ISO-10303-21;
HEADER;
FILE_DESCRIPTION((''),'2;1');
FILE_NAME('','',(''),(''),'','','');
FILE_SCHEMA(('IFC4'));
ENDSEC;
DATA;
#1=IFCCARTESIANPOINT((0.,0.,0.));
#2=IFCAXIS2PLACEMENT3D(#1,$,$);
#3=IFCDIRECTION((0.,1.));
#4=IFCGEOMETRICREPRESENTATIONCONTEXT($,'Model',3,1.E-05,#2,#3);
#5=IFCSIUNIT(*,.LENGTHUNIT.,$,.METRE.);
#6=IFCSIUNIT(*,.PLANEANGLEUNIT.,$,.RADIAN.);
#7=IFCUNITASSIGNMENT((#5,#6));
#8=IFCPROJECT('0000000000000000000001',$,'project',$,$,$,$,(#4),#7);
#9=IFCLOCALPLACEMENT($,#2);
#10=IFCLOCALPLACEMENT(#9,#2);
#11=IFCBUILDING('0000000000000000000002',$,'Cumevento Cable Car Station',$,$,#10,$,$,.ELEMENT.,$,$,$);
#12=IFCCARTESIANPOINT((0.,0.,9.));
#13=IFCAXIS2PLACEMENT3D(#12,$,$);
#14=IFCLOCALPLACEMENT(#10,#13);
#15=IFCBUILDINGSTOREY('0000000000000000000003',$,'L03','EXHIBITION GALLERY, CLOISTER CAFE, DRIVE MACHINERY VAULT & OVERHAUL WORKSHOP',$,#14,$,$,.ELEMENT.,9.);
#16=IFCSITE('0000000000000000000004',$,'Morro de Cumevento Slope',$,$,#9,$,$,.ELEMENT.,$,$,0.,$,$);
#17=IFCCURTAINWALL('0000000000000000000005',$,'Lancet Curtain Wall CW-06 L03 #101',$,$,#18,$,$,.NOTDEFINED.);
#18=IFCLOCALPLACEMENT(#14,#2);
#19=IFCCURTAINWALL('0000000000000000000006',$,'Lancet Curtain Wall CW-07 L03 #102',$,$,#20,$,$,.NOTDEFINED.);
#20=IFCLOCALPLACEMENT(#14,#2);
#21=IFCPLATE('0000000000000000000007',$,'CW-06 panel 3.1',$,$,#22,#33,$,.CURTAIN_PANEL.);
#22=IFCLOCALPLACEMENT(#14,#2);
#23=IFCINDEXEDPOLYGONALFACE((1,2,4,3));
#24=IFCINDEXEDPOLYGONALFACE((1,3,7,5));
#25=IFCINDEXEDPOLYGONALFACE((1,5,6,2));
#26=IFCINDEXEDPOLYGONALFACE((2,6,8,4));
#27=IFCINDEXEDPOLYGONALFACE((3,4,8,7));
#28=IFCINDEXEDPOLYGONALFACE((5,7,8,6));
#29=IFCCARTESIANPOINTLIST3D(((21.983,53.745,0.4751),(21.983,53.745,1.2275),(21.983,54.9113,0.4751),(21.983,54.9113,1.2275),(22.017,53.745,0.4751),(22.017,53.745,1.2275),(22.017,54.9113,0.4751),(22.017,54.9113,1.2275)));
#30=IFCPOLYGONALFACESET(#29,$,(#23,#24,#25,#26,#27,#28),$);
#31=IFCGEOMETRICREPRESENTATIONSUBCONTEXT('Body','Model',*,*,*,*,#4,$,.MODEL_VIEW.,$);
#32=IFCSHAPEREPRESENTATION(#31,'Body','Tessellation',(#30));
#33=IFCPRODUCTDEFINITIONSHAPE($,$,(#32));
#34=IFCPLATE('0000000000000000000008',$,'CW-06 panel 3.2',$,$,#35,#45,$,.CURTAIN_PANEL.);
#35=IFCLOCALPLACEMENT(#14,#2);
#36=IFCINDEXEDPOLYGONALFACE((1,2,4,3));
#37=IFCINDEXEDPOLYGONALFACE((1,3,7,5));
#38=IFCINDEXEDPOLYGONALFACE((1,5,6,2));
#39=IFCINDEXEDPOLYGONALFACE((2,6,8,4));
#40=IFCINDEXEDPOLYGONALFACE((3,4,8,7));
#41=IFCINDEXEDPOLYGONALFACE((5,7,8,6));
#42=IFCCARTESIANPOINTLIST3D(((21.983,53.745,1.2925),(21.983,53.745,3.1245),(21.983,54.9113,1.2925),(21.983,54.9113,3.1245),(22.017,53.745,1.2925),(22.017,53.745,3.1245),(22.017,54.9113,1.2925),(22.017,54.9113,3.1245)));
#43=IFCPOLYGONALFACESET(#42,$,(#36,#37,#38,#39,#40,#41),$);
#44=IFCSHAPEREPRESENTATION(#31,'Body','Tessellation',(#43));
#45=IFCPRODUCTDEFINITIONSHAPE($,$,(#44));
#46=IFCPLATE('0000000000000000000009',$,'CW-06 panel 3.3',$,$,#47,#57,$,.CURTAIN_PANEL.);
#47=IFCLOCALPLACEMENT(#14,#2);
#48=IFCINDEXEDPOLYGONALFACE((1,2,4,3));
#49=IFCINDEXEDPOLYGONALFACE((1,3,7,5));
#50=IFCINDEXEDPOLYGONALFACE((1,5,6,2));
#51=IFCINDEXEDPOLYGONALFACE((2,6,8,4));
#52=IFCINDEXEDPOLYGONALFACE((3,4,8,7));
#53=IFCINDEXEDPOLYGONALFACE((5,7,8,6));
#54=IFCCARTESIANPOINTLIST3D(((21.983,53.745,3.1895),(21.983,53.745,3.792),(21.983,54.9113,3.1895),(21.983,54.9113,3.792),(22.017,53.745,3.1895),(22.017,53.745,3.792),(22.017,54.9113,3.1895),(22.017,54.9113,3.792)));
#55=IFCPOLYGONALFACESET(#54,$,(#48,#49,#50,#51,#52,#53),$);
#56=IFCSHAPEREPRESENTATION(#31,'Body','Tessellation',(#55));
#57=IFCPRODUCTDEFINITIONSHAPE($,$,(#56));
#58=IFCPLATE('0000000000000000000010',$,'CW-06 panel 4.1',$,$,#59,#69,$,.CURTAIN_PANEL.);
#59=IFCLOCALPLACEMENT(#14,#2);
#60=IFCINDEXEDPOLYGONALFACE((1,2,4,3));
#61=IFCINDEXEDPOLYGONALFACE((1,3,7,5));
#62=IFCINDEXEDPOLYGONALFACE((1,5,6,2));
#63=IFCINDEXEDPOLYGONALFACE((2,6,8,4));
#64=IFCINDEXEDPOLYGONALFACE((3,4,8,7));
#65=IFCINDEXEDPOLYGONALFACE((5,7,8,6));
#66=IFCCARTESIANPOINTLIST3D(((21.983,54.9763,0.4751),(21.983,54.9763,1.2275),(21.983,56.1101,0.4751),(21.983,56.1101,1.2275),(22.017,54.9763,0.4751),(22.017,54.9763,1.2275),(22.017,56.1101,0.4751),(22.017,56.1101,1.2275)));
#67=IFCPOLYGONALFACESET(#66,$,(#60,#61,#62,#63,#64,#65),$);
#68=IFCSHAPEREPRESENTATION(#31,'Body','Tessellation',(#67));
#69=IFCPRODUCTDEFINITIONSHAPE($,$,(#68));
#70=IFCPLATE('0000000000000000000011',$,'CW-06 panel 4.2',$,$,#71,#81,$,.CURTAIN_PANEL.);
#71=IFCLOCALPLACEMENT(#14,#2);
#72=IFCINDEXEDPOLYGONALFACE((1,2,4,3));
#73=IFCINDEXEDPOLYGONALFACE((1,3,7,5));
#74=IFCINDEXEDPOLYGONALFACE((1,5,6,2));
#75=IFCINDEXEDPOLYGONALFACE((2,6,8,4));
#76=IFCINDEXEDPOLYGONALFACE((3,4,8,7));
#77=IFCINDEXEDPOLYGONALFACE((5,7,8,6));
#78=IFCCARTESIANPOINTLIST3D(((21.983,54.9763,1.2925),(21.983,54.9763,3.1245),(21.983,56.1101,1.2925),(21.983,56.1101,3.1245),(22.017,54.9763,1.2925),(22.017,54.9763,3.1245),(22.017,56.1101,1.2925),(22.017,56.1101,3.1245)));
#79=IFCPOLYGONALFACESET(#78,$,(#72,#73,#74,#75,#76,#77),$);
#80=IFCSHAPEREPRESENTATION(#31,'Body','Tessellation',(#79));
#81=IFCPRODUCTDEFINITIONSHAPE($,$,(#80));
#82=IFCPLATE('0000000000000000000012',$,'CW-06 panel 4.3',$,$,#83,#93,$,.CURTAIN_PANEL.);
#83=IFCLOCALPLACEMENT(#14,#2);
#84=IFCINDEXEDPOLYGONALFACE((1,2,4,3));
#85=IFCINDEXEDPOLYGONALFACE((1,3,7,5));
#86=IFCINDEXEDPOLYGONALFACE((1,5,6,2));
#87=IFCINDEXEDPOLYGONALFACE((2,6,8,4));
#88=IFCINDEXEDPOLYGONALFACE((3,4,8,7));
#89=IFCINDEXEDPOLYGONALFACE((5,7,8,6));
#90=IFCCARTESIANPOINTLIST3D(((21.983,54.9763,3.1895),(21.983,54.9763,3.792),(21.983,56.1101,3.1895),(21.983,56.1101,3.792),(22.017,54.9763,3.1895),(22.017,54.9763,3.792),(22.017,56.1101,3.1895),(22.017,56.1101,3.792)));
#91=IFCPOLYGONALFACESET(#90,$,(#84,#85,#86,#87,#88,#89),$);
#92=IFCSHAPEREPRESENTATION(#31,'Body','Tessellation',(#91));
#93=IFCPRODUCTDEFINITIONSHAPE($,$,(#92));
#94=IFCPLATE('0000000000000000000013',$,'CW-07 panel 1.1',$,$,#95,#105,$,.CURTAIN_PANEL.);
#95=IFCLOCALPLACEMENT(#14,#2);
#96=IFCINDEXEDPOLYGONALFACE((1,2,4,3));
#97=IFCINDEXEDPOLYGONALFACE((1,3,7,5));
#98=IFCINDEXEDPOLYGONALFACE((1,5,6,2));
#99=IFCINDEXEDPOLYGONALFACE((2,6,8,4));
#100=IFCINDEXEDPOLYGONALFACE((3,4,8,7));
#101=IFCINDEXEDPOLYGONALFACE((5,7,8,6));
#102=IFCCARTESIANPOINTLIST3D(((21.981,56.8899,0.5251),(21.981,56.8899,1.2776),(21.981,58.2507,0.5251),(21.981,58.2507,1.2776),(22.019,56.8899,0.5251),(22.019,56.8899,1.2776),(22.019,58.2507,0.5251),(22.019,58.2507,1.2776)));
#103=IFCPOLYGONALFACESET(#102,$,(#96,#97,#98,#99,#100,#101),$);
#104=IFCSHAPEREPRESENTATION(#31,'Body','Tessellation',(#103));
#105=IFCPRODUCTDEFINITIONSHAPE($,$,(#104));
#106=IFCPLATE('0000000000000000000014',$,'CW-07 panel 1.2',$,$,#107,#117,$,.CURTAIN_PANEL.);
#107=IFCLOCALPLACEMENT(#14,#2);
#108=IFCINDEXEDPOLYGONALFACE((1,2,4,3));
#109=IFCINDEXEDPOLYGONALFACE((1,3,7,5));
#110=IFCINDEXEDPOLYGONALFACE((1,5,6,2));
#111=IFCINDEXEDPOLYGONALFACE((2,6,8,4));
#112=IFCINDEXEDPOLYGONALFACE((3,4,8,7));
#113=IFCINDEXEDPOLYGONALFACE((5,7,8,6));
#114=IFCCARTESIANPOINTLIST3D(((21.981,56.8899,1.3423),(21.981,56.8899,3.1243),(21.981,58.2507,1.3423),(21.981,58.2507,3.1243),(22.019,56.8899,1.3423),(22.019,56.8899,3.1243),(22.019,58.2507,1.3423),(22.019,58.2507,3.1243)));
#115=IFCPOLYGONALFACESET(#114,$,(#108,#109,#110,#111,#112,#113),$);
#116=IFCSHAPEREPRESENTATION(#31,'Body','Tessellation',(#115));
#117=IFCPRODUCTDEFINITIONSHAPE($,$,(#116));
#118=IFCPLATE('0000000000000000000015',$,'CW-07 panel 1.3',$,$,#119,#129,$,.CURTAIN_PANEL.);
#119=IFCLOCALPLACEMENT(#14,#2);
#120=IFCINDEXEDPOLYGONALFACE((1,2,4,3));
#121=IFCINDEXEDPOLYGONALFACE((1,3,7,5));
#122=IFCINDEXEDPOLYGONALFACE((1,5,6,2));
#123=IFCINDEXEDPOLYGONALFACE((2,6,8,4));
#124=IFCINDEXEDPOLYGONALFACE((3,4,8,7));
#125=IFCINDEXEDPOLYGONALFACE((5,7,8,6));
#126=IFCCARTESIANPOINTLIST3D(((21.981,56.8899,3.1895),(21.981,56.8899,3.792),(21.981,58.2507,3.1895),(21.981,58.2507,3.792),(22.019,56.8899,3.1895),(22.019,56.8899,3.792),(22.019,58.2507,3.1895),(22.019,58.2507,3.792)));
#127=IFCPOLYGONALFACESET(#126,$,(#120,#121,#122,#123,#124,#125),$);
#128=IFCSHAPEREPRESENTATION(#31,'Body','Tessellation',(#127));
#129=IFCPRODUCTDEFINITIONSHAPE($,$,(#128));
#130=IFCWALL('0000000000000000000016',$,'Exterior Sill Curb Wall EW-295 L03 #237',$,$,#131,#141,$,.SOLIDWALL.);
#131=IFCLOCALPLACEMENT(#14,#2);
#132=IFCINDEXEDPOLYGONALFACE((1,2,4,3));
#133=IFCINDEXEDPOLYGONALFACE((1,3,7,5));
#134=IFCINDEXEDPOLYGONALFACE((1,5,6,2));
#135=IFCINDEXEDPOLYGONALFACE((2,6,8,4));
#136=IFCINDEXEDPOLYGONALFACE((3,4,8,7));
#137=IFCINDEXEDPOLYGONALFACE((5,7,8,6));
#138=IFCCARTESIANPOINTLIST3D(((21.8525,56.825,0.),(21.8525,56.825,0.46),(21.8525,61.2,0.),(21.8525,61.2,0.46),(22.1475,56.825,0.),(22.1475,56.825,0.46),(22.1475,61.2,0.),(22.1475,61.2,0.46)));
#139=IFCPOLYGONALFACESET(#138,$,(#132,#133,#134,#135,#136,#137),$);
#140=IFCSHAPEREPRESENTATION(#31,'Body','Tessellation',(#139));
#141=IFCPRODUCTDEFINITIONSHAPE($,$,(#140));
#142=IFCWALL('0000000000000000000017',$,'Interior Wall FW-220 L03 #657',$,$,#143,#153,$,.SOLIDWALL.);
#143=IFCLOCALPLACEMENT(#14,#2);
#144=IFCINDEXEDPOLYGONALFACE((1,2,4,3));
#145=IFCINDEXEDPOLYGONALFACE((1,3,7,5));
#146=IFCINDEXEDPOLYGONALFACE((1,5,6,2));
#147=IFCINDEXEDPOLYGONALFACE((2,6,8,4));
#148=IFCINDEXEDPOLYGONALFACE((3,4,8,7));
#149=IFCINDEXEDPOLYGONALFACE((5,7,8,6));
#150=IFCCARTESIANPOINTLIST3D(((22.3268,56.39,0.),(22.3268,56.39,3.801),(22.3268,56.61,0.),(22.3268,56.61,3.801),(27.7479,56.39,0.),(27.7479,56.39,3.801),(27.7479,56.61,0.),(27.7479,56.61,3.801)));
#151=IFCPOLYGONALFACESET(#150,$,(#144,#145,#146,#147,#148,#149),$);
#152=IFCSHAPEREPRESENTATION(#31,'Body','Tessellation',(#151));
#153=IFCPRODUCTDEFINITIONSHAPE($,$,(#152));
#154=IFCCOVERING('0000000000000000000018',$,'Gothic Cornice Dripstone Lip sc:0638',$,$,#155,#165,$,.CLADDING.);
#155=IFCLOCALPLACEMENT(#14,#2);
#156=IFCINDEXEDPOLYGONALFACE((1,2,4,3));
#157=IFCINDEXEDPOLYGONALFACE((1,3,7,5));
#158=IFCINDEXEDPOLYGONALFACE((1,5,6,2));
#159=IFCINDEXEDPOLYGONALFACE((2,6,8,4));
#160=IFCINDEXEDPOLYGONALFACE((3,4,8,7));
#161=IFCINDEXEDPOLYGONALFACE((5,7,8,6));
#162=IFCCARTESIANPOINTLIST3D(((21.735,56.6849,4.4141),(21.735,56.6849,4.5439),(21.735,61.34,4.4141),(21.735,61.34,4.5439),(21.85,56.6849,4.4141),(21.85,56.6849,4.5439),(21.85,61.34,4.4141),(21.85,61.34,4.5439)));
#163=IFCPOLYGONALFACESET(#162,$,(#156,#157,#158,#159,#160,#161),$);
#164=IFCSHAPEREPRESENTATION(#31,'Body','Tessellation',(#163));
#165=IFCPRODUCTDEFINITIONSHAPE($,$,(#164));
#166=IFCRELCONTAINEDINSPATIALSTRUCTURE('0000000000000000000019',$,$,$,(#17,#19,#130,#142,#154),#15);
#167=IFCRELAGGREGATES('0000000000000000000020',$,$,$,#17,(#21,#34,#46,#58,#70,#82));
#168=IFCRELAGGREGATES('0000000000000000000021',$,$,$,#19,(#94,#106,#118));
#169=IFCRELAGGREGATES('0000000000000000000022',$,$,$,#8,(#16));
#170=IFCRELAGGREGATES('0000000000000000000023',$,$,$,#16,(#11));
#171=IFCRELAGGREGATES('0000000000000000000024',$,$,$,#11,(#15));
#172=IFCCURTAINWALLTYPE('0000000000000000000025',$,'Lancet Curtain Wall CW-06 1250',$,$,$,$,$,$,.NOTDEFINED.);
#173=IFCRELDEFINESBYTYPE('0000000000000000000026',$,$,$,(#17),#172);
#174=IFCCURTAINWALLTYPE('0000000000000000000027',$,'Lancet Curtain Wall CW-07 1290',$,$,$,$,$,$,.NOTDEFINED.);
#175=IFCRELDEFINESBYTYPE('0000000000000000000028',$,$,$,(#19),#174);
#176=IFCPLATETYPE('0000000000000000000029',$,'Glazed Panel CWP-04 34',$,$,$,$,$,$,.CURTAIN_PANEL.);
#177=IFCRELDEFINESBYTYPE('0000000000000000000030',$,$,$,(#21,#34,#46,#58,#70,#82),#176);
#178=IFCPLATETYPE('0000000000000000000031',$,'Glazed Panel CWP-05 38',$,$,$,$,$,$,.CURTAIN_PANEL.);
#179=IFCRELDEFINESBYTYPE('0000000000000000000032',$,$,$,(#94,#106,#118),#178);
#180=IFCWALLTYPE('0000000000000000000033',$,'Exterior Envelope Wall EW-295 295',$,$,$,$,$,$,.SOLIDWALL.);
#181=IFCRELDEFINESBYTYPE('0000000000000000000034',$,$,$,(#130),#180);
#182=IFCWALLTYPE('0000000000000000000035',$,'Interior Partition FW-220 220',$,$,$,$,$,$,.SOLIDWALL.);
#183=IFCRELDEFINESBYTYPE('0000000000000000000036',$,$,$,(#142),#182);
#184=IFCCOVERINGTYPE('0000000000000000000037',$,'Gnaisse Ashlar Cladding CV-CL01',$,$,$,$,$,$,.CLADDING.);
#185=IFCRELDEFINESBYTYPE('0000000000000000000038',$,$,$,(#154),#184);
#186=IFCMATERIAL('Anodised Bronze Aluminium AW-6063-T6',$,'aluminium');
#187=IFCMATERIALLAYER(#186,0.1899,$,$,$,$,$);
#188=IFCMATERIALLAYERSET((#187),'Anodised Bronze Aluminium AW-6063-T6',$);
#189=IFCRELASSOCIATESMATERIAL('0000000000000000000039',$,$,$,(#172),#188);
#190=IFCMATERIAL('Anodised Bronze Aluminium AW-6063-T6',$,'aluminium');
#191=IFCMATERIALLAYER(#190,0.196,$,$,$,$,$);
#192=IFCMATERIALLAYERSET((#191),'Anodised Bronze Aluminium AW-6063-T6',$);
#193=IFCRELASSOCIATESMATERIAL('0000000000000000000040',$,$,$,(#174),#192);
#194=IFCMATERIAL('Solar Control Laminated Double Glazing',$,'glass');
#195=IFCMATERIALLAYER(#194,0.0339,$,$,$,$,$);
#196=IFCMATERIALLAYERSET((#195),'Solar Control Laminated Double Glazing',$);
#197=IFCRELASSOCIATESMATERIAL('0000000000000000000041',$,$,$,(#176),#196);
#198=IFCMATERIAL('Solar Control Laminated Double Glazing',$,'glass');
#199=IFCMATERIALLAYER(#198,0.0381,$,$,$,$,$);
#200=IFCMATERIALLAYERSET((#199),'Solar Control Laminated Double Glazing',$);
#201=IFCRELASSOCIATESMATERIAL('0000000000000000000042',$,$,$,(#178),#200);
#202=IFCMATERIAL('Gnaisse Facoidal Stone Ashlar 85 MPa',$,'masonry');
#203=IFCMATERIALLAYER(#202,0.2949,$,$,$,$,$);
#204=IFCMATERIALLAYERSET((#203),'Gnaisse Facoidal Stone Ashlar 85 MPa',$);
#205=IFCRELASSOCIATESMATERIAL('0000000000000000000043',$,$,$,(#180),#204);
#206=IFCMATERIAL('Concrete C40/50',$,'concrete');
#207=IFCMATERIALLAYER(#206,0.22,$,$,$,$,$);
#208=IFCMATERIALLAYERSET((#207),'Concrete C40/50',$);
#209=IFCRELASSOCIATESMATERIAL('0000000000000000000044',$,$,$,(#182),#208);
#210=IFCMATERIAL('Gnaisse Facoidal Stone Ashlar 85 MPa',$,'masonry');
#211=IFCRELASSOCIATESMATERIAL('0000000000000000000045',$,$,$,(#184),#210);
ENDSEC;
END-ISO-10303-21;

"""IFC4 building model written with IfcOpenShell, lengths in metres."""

from ifc_helpers import new_model, si_unit, direction, frame, frame_2d, origin, origin_2d, place, context, subcontext, project, spatial, rectangle, extrude, material, layer, layer_set, type_object, element, aggregate, save


model = new_model("IFC4")

# Units and contexts
model_context = context("Model", 3, precision=1e-05, world=origin(), true_north=direction((0.0, 1.0)))
body_context = subcontext(model_context, "Body", "Model", "MODEL_VIEW")
ifc_project = project(units=[si_unit("LENGTHUNIT", "METRE"), si_unit("PLANEANGLEUNIT", "RADIAN")], contexts=[model_context])

# Site, building, storey
site_placement = place(None, origin())
site = spatial("IfcSite", under=ifc_project, at=site_placement, Name="Morro de Cumevento Slope", CompositionType="ELEMENT", RefElevation=0.0)
building_placement = place(site_placement, origin())
building = spatial("IfcBuilding", under=site, at=building_placement, Name="Cumevento Cable Car Station", CompositionType="ELEMENT")
storey_placement = place(building_placement, frame((0.0, 0.0, 9.0)))
storey = spatial("IfcBuildingStorey", under=building, at=storey_placement, Name="L03", Description="EXHIBITION GALLERY, CLOISTER CAFE, DRIVE MACHINERY VAULT & OVERHAUL WORKSHOP", CompositionType="ELEMENT", Elevation=9.0)

# Curtain walls
ifc_material_1 = material(Name="Anodised Bronze Aluminium AW-6063-T6", Category="aluminium")
ifc_layer_1 = layer(ifc_material_1, 0.1899)
ifc_layer_set_1 = layer_set([ifc_layer_1], Name="Anodised Bronze Aluminium AW-6063-T6")
curtain_wall_type_1 = type_object("IfcCurtainWallType", Name="Lancet Curtain Wall CW-06 1250", PredefinedType="NOTDEFINED", material=ifc_layer_set_1)
curtain_wall_1_placement = place(storey_placement, origin())
curtain_wall_1 = element("IfcCurtainWall", 1, at=curtain_wall_1_placement, inside=storey, type_object=curtain_wall_type_1, Name="Lancet Curtain Wall CW-06 L03 #101", PredefinedType="NOTDEFINED")
ifc_material_2 = material(Name="Anodised Bronze Aluminium AW-6063-T6", Category="aluminium")
ifc_layer_2 = layer(ifc_material_2, 0.196)
ifc_layer_set_2 = layer_set([ifc_layer_2], Name="Anodised Bronze Aluminium AW-6063-T6")
curtain_wall_type_2 = type_object("IfcCurtainWallType", Name="Lancet Curtain Wall CW-07 1290", PredefinedType="NOTDEFINED", material=ifc_layer_set_2)
curtain_wall_2_placement = place(storey_placement, origin())
curtain_wall_2 = element("IfcCurtainWall", 2, at=curtain_wall_2_placement, inside=storey, type_object=curtain_wall_type_2, Name="Lancet Curtain Wall CW-07 L03 #102", PredefinedType="NOTDEFINED")

# Plates
ifc_material_3 = material(Name="Solar Control Laminated Double Glazing", Category="glass")
ifc_layer_3 = layer(ifc_material_3, 0.0339)
ifc_layer_set_3 = layer_set([ifc_layer_3], Name="Solar Control Laminated Double Glazing")
plate_type_1 = type_object("IfcPlateType", Name="Glazed Panel CWP-04 34", PredefinedType="CURTAIN_PANEL", material=ifc_layer_set_3)
plate_1_placement = place(storey_placement, frame((22.0, 54.3281, 0.4751), z_axis=(0.0, 0.0, 1.0), x_axis=(0.0, 1.0, 0.0)))
plate_1 = element("IfcPlate", 3, at=plate_1_placement, type_object=plate_type_1, Name="CW-06 panel 3.1", PredefinedType="CURTAIN_PANEL", context=body_context, shape_type="SweptSolid", body=[
    extrude(rectangle(XDim=1.1663, YDim=0.0339, at=origin_2d()), origin(), (0.0, 0.0, 1.0), 0.7524),
])
plate_2_placement = place(storey_placement, frame((22.0, 54.3281, 1.2925), z_axis=(0.0, 0.0, 1.0), x_axis=(0.0, 1.0, 0.0)))
plate_2 = element("IfcPlate", 4, at=plate_2_placement, type_object=plate_type_1, Name="CW-06 panel 3.2", PredefinedType="CURTAIN_PANEL", context=body_context, shape_type="SweptSolid", body=[
    extrude(rectangle(XDim=1.1663, YDim=0.0339, at=origin_2d()), origin(), (0.0, 0.0, 1.0), 1.832),
])
plate_3_placement = place(storey_placement, frame((22.0, 54.3281, 3.1895), z_axis=(0.0, 0.0, 1.0), x_axis=(0.0, 1.0, 0.0)))
plate_3 = element("IfcPlate", 5, at=plate_3_placement, type_object=plate_type_1, Name="CW-06 panel 3.3", PredefinedType="CURTAIN_PANEL", context=body_context, shape_type="SweptSolid", body=[
    extrude(rectangle(XDim=1.1663, YDim=0.0339, at=origin_2d()), origin(), (0.0, 0.0, 1.0), 0.6025),
])
plate_4_placement = place(storey_placement, frame((22.0, 55.5432, 0.4751), z_axis=(0.0, 0.0, 1.0), x_axis=(0.0, 1.0, 0.0)))
plate_4 = element("IfcPlate", 6, at=plate_4_placement, type_object=plate_type_1, Name="CW-06 panel 4.1", PredefinedType="CURTAIN_PANEL", context=body_context, shape_type="SweptSolid", body=[
    extrude(rectangle(XDim=1.1338, YDim=0.0339, at=origin_2d()), origin(), (0.0, 0.0, 1.0), 0.7524),
])
plate_5_placement = place(storey_placement, frame((22.0, 55.5432, 1.2925), z_axis=(0.0, 0.0, 1.0), x_axis=(0.0, 1.0, 0.0)))
plate_5 = element("IfcPlate", 7, at=plate_5_placement, type_object=plate_type_1, Name="CW-06 panel 4.2", PredefinedType="CURTAIN_PANEL", context=body_context, shape_type="SweptSolid", body=[
    extrude(rectangle(XDim=1.1338, YDim=0.0339, at=origin_2d()), origin(), (0.0, 0.0, 1.0), 1.832),
])
plate_6_placement = place(storey_placement, frame((22.0, 55.5432, 3.1895), z_axis=(0.0, 0.0, 1.0), x_axis=(0.0, 1.0, 0.0)))
plate_6 = element("IfcPlate", 8, at=plate_6_placement, type_object=plate_type_1, Name="CW-06 panel 4.3", PredefinedType="CURTAIN_PANEL", context=body_context, shape_type="SweptSolid", body=[
    extrude(rectangle(XDim=1.1338, YDim=0.0339, at=origin_2d()), origin(), (0.0, 0.0, 1.0), 0.6025),
])
aggregate(curtain_wall_1, [plate_1, plate_2, plate_3, plate_4, plate_5, plate_6])
ifc_material_4 = material(Name="Solar Control Laminated Double Glazing", Category="glass")
ifc_layer_4 = layer(ifc_material_4, 0.0381)
ifc_layer_set_4 = layer_set([ifc_layer_4], Name="Solar Control Laminated Double Glazing")
plate_type_2 = type_object("IfcPlateType", Name="Glazed Panel CWP-05 38", PredefinedType="CURTAIN_PANEL", material=ifc_layer_set_4)
plate_7_placement = place(storey_placement, frame((22.0, 57.5703, 0.5251), z_axis=(0.0, 0.0, 1.0), x_axis=(0.0, 1.0, 0.0)))
plate_7 = element("IfcPlate", 9, at=plate_7_placement, type_object=plate_type_2, Name="CW-07 panel 1.1", PredefinedType="CURTAIN_PANEL", context=body_context, shape_type="SweptSolid", body=[
    extrude(rectangle(XDim=1.3608, YDim=0.0381, at=origin_2d()), origin(), (0.0, 0.0, 1.0), 0.7524),
])
plate_8_placement = place(storey_placement, frame((22.0, 57.5703, 1.3423), z_axis=(0.0, 0.0, 1.0), x_axis=(0.0, 1.0, 0.0)))
plate_8 = element("IfcPlate", 10, at=plate_8_placement, type_object=plate_type_2, Name="CW-07 panel 1.2", PredefinedType="CURTAIN_PANEL", context=body_context, shape_type="SweptSolid", body=[
    extrude(rectangle(XDim=1.3608, YDim=0.0381, at=origin_2d()), origin(), (0.0, 0.0, 1.0), 1.782),
])
plate_9_placement = place(storey_placement, frame((22.0, 57.5703, 3.1895), z_axis=(0.0, 0.0, 1.0), x_axis=(0.0, 1.0, 0.0)))
plate_9 = element("IfcPlate", 11, at=plate_9_placement, type_object=plate_type_2, Name="CW-07 panel 1.3", PredefinedType="CURTAIN_PANEL", context=body_context, shape_type="SweptSolid", body=[
    extrude(rectangle(XDim=1.3608, YDim=0.0381, at=origin_2d()), origin(), (0.0, 0.0, 1.0), 0.6025),
])
aggregate(curtain_wall_2, [plate_7, plate_8, plate_9])

# Walls
ifc_material_5 = material(Name="Gnaisse Facoidal Stone Ashlar 85 MPa", Category="masonry")
ifc_layer_5 = layer(ifc_material_5, 0.2949)
ifc_layer_set_5 = layer_set([ifc_layer_5], Name="Gnaisse Facoidal Stone Ashlar 85 MPa")
wall_type_1 = type_object("IfcWallType", Name="Exterior Envelope Wall EW-295 295", PredefinedType="SOLIDWALL", material=ifc_layer_set_5)
wall_1_placement = place(storey_placement, frame((22.0, 56.825, 0.0), z_axis=(0.0, 0.0, 1.0), x_axis=(0.0, 1.0, 0.0)))
element("IfcWall", 12, at=wall_1_placement, inside=storey, type_object=wall_type_1, Name="Exterior Sill Curb Wall EW-295 L03 #237", PredefinedType="SOLIDWALL", context=body_context, shape_type="SweptSolid", body=[
    extrude(rectangle(XDim=4.375, YDim=0.2949, at=frame_2d((2.1875, 0.0))), origin(), (0.0, 0.0, 1.0), 0.46),
])
ifc_material_6 = material(Name="Concrete C40/50", Category="concrete")
ifc_layer_6 = layer(ifc_material_6, 0.22)
ifc_layer_set_6 = layer_set([ifc_layer_6], Name="Concrete C40/50")
wall_type_2 = type_object("IfcWallType", Name="Interior Partition FW-220 220", PredefinedType="SOLIDWALL", material=ifc_layer_set_6)
wall_2_placement = place(storey_placement, frame((22.3269, 56.5, 0.0), z_axis=(0.0, 0.0, 1.0), x_axis=(1.0, 0.0, 0.0)))
element("IfcWall", 13, at=wall_2_placement, inside=storey, type_object=wall_type_2, Name="Interior Wall FW-220 L03 #657", PredefinedType="SOLIDWALL", context=body_context, shape_type="SweptSolid", body=[
    extrude(rectangle(XDim=5.4211, YDim=0.22, at=frame_2d((2.7104, 0.0))), origin(), (0.0, 0.0, 1.0), 3.801),
])

# Covering
ifc_material_7 = material(Name="Gnaisse Facoidal Stone Ashlar 85 MPa", Category="masonry")
covering_type = type_object("IfcCoveringType", Name="Gnaisse Ashlar Cladding CV-CL01", PredefinedType="CLADDING", material=ifc_material_7)
covering_1_placement = place(storey_placement, frame((21.7925, 59.0125, 4.4141), z_axis=(0.0, 0.0, 1.0), x_axis=(0.0, 1.0, 0.0)))
element("IfcCovering", 14, at=covering_1_placement, inside=storey, type_object=covering_type, Name="Gothic Cornice Dripstone Lip sc:0638", PredefinedType="CLADDING", context=body_context, shape_type="SweptSolid", body=[
    extrude(rectangle(XDim=4.655, YDim=0.115, at=origin_2d()), origin(), (0.0, 0.0, 1.0), 0.1299),
])

save(model, "model.ifc")
